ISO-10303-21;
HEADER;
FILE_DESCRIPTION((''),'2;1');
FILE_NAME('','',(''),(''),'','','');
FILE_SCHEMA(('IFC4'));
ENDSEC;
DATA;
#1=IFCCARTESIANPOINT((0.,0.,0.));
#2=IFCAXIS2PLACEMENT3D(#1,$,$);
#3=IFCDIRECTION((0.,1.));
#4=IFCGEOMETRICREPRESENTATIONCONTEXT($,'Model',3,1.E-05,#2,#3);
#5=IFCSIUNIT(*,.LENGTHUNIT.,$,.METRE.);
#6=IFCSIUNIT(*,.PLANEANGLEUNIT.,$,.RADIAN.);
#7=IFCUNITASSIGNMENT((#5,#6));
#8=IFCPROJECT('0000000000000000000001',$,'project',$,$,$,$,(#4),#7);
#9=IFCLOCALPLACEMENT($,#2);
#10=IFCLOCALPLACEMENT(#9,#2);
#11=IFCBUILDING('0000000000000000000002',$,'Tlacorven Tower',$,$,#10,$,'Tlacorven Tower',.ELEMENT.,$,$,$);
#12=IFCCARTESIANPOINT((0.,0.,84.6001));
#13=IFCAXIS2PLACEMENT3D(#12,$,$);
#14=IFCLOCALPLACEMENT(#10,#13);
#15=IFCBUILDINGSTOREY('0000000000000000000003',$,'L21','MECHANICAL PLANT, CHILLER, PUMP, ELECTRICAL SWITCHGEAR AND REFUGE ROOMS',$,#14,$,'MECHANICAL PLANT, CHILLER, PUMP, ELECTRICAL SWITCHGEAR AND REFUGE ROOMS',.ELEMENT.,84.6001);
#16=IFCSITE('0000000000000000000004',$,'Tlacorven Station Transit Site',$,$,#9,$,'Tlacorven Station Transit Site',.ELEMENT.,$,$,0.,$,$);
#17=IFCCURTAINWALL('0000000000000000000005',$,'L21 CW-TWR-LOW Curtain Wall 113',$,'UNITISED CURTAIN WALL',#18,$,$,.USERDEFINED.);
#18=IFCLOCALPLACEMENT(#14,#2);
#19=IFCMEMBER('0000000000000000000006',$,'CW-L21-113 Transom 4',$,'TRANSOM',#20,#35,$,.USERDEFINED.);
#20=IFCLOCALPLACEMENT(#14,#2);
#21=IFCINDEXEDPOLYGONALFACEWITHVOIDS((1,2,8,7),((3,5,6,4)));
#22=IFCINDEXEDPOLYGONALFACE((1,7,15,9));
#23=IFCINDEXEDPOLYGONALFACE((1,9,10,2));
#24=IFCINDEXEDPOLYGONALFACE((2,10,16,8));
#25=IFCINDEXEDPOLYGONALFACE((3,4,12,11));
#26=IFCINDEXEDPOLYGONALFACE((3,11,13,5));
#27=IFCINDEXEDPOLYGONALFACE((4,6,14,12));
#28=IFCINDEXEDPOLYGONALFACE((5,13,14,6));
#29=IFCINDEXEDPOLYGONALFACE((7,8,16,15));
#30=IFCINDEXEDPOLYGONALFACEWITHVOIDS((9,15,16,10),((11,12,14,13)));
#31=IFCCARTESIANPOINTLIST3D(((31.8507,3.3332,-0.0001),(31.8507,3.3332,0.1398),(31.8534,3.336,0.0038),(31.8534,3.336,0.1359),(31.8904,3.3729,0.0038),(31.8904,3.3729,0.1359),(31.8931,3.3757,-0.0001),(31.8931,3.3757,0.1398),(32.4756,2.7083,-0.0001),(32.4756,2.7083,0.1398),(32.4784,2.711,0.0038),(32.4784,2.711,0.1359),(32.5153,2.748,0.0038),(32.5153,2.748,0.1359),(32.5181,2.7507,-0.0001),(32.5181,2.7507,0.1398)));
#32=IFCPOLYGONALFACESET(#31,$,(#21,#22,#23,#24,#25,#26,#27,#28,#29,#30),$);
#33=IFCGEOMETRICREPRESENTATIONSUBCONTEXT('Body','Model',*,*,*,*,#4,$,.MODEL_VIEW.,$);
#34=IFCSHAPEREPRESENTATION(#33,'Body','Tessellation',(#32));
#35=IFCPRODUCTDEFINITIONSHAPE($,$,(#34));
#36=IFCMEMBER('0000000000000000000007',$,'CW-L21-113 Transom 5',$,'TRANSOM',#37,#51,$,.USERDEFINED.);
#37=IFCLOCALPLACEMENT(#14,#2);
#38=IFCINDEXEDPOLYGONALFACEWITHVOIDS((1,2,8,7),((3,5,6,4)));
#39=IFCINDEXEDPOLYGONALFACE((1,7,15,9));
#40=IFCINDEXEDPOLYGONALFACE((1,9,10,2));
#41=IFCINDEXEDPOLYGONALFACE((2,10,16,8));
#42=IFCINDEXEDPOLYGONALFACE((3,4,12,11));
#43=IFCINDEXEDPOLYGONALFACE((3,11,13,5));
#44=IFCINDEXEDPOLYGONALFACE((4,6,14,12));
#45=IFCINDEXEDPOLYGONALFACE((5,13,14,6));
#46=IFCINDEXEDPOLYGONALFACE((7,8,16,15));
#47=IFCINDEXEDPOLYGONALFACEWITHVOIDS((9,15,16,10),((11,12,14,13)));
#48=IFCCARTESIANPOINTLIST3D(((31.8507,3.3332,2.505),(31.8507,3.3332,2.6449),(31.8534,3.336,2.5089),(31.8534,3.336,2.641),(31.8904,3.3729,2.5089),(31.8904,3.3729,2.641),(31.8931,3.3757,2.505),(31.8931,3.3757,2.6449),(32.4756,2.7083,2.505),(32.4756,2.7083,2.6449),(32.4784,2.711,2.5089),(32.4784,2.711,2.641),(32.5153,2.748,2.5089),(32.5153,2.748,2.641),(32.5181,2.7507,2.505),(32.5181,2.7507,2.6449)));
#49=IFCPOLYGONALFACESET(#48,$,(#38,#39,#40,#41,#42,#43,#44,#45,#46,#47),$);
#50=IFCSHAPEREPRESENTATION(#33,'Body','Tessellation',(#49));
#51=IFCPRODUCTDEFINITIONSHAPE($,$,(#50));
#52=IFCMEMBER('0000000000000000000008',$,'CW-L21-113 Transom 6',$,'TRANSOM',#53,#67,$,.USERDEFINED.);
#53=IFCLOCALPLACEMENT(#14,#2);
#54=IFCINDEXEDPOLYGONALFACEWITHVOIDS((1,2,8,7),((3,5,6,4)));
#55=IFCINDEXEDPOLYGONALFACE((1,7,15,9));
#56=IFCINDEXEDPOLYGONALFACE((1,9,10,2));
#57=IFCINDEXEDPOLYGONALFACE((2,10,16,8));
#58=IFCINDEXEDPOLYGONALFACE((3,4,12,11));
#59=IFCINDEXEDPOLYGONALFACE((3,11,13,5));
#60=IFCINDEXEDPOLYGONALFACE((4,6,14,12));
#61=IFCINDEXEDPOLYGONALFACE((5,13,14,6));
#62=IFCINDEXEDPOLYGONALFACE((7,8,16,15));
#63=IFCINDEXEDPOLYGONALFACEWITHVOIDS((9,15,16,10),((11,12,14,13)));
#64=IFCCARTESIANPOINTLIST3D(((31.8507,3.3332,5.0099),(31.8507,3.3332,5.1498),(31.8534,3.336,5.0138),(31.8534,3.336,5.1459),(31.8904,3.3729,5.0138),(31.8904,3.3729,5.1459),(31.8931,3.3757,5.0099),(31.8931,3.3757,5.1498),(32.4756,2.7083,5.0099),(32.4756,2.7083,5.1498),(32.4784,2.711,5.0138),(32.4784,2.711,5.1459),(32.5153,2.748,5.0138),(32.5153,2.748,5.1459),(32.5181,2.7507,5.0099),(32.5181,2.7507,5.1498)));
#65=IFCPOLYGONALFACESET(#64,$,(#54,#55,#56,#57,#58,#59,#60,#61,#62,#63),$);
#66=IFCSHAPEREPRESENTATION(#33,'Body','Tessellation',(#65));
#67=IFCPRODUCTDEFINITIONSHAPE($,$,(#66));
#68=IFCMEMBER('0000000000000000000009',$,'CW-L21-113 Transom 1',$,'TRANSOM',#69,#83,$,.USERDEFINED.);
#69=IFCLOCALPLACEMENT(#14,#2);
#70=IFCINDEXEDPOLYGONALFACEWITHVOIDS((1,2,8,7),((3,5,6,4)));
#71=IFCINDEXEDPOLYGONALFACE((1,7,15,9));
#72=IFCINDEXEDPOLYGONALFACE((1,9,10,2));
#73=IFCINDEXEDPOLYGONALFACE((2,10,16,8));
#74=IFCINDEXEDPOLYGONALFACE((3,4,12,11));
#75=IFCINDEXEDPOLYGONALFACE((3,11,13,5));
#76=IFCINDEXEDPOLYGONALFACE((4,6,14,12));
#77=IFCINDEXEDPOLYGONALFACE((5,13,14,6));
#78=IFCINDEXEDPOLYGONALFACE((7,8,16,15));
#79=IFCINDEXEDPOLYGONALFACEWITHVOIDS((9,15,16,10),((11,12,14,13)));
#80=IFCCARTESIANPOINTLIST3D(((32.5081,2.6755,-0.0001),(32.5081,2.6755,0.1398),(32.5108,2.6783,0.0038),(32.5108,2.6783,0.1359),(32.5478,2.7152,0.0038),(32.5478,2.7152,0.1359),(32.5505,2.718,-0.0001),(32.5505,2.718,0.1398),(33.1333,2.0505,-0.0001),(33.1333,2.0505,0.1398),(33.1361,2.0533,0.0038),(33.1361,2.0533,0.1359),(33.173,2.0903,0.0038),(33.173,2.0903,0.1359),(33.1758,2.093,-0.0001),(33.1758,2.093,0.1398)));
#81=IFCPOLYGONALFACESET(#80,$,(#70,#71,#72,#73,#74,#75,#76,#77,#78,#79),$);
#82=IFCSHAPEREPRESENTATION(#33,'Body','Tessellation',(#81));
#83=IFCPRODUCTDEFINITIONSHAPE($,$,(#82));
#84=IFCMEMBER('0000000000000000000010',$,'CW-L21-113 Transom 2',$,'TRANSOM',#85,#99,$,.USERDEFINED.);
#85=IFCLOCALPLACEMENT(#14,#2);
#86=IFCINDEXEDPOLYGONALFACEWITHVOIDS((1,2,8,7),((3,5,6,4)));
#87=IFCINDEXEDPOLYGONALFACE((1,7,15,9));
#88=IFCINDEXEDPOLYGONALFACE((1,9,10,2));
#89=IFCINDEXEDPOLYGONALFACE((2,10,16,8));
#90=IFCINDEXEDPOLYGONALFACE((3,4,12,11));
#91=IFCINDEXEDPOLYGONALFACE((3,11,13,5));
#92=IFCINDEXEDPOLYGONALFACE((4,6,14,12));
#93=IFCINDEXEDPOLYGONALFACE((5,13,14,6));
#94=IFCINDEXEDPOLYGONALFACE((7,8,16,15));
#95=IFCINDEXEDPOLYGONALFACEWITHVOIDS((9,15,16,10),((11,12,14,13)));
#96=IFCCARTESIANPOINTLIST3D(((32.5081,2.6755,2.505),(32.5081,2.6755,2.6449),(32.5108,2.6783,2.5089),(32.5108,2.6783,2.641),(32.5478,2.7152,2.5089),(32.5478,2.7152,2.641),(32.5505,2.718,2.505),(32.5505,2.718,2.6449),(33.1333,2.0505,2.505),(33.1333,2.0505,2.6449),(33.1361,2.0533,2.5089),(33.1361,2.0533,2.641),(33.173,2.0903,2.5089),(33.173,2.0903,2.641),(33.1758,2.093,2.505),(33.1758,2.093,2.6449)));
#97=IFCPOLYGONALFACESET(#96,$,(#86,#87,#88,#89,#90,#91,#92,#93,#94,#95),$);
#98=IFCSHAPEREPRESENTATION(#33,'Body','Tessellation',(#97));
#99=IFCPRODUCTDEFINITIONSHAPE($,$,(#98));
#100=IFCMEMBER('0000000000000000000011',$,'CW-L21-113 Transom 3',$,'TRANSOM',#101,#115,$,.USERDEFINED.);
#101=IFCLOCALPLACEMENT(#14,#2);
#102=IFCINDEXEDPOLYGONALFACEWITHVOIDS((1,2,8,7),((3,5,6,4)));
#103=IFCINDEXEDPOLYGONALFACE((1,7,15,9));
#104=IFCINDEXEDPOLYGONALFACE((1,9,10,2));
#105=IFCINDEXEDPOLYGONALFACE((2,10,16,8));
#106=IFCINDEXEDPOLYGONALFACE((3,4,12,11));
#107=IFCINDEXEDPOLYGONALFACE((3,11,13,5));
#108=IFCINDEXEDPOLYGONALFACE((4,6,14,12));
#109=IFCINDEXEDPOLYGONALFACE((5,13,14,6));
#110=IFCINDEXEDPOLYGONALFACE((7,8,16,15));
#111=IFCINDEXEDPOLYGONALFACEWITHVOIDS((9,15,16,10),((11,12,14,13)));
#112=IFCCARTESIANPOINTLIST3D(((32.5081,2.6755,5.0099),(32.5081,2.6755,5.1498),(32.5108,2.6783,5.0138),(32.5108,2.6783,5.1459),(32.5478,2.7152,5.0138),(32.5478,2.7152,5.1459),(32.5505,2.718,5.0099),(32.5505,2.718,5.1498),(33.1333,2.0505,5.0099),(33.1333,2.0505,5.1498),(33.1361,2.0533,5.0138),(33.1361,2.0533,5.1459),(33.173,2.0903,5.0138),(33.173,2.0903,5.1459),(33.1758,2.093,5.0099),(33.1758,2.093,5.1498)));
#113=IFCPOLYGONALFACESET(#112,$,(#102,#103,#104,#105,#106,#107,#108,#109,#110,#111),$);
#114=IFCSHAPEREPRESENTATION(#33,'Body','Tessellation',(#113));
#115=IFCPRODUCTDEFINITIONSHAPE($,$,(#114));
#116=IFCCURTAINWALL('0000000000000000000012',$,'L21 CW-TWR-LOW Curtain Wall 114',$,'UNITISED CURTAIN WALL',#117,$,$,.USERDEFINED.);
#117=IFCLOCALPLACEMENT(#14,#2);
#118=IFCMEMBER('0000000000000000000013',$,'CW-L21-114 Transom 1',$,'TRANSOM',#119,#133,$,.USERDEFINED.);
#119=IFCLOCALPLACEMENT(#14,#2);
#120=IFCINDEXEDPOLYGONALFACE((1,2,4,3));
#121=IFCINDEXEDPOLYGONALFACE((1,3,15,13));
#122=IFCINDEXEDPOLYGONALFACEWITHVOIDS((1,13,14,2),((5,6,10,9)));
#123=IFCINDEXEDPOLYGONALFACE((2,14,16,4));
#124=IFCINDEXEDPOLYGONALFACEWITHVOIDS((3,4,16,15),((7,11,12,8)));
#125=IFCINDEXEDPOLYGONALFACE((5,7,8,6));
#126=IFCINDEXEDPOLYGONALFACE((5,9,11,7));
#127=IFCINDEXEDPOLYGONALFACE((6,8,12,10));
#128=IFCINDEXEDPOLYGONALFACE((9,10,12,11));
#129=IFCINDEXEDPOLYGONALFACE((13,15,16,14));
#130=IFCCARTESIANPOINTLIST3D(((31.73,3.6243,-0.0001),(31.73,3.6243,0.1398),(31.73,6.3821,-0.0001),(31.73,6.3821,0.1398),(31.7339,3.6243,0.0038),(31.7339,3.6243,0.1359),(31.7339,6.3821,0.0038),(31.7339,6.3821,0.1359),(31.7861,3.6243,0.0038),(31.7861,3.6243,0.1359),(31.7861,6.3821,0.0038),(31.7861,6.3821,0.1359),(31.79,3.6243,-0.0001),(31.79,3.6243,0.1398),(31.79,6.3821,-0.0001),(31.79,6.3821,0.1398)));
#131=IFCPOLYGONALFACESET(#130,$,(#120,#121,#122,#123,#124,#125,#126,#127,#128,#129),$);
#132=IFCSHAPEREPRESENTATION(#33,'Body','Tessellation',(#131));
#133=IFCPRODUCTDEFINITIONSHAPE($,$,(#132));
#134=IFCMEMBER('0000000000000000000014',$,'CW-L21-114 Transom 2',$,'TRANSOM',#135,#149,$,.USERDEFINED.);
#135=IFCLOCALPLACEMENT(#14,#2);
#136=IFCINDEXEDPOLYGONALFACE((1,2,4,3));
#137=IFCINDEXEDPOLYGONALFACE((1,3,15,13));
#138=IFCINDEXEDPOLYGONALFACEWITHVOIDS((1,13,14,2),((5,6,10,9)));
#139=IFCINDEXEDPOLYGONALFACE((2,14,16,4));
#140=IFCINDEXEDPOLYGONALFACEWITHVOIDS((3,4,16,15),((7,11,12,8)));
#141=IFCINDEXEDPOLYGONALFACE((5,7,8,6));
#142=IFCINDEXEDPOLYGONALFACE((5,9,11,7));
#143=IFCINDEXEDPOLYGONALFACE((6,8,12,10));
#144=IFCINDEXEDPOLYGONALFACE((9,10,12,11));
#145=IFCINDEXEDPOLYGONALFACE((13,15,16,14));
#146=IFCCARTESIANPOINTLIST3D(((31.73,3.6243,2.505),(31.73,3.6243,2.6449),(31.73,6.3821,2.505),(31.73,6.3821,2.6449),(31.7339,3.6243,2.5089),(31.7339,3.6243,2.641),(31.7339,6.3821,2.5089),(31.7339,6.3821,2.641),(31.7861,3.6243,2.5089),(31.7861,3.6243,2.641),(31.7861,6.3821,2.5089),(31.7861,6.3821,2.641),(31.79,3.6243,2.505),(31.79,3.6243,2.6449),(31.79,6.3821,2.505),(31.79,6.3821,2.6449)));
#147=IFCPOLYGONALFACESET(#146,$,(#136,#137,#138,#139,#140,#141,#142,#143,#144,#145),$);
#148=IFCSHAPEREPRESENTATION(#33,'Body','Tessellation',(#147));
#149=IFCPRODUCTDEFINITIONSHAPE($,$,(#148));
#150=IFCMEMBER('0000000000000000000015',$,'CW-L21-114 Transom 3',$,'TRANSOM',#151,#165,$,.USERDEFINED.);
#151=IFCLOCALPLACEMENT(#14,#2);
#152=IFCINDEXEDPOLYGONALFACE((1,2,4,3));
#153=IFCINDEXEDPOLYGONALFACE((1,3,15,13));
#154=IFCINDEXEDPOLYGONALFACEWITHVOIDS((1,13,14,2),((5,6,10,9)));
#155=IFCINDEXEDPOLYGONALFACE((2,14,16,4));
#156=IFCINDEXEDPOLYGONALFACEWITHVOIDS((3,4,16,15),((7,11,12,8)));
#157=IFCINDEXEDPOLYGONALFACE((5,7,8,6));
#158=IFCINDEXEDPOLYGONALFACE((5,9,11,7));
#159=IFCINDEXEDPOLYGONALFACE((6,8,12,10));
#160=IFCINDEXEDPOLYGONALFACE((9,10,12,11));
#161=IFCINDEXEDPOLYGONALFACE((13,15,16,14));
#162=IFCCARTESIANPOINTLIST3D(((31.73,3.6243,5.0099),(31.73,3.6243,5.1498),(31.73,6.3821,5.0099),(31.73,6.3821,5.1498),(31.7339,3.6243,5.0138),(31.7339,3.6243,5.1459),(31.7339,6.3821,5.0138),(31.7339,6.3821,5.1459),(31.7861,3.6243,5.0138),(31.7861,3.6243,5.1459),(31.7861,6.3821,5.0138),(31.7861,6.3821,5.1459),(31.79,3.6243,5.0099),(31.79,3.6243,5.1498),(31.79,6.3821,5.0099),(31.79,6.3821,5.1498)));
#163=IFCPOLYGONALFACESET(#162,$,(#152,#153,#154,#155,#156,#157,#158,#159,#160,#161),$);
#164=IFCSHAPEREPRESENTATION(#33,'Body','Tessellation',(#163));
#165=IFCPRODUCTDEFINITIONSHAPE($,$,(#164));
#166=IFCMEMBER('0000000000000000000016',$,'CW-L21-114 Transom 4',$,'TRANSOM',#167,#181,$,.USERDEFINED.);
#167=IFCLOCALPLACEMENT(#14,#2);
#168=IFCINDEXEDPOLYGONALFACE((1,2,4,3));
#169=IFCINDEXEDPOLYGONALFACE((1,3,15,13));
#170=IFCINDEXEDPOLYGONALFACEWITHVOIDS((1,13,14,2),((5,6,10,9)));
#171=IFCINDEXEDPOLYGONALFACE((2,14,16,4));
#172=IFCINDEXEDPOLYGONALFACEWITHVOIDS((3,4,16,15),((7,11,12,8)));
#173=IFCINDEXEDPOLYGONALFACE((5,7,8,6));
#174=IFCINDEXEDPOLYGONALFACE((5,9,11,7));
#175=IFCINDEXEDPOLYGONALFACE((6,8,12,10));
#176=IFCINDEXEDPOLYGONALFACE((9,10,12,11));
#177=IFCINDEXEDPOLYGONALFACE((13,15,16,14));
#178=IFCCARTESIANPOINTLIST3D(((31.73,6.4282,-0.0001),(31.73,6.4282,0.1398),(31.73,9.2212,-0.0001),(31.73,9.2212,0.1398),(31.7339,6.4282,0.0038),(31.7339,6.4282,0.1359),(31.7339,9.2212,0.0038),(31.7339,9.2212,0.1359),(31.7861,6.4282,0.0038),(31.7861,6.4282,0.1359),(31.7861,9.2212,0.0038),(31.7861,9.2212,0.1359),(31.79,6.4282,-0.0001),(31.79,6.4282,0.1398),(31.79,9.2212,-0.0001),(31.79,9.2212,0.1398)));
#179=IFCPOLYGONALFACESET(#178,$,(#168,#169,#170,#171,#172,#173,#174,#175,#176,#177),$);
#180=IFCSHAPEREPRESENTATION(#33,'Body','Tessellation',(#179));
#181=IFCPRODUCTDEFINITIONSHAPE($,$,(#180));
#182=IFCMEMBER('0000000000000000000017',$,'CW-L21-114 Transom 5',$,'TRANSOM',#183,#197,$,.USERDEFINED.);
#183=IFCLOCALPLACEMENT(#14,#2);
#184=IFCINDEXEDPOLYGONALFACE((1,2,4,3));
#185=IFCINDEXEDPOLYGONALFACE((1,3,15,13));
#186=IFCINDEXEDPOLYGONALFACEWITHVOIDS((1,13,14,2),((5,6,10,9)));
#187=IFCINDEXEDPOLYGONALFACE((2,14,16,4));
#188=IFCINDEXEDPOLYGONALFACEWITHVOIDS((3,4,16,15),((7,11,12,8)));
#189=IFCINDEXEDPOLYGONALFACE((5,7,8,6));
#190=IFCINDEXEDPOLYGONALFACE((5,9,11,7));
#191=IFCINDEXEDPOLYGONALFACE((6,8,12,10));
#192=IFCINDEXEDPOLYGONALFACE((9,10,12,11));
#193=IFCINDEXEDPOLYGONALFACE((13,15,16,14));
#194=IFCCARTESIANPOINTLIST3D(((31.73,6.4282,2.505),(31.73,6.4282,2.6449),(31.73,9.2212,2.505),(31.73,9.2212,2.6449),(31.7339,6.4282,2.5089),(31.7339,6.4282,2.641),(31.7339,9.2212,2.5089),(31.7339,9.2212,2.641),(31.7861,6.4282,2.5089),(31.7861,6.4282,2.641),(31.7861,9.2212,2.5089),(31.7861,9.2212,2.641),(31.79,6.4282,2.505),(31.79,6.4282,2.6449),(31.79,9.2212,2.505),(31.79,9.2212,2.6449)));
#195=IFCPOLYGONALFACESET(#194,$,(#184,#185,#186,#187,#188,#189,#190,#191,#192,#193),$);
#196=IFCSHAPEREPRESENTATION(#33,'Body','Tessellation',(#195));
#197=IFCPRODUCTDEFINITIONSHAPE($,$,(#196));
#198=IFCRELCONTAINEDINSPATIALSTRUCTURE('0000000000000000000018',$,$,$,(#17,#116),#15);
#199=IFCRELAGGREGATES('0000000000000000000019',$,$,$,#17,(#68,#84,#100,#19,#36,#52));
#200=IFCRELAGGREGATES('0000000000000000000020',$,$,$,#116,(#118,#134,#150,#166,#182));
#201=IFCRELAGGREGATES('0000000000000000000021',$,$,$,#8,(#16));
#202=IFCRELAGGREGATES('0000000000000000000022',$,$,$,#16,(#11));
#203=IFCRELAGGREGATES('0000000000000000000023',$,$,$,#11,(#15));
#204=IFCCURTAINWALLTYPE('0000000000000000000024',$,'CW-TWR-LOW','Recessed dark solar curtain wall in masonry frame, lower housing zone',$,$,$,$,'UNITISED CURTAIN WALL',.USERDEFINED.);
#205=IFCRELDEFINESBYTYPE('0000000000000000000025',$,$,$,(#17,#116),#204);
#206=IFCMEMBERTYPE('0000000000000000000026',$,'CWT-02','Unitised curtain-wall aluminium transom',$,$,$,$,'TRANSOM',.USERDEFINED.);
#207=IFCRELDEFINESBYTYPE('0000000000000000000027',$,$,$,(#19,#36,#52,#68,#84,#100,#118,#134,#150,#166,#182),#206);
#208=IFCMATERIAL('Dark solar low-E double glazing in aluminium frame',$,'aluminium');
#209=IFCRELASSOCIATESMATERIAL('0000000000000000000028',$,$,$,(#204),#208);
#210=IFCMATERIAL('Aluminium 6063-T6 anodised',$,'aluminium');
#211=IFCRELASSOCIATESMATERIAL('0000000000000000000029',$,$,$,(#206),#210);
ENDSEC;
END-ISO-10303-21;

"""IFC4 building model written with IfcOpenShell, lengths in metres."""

from ifc_helpers import new_model, si_unit, direction, frame, origin, origin_2d, place, context, subcontext, project, spatial, hollow_rectangle, extrude, source, transform, mapped, material, material_profile, profile_set, type_object, element, aggregate, save


model = new_model("IFC4")

# Units and contexts
model_context = context("Model", 3, precision=1e-05, world=origin(), true_north=direction((0.0, 1.0)))
body_context = subcontext(model_context, "Body", "Model", "MODEL_VIEW")
ifc_project = project(units=[si_unit("LENGTHUNIT", "METRE"), si_unit("PLANEANGLEUNIT", "RADIAN")], contexts=[model_context])

# Site, building, storey
site_placement = place(None, origin())
site = spatial("IfcSite", under=ifc_project, at=site_placement, Name="Tlacorven Station Transit Site", LongName="Tlacorven Station Transit Site", CompositionType="ELEMENT", RefElevation=0.0)
building_placement = place(site_placement, origin())
building = spatial("IfcBuilding", under=site, at=building_placement, Name="Tlacorven Tower", LongName="Tlacorven Tower", CompositionType="ELEMENT")
storey_placement = place(building_placement, frame((0.0, 0.0, 84.6001)))
storey = spatial("IfcBuildingStorey", under=building, at=storey_placement, Name="L21", Description="MECHANICAL PLANT, CHILLER, PUMP, ELECTRICAL SWITCHGEAR AND REFUGE ROOMS", LongName="MECHANICAL PLANT, CHILLER, PUMP, ELECTRICAL SWITCHGEAR AND REFUGE ROOMS", CompositionType="ELEMENT", Elevation=84.6001)

# Curtain walls, members
ifc_material_1 = material(Name="Dark solar low-E double glazing in aluminium frame", Category="aluminium")
curtain_wall_type = type_object("IfcCurtainWallType", Name="CW-TWR-LOW", Description="Recessed dark solar curtain wall in masonry frame, lower housing zone", ElementType="UNITISED CURTAIN WALL", PredefinedType="USERDEFINED", material=ifc_material_1)
curtain_wall_1_placement = place(storey_placement, origin())
curtain_wall_1 = element("IfcCurtainWall", 1, at=curtain_wall_1_placement, inside=storey, type_object=curtain_wall_type, Name="L21 CW-TWR-LOW Curtain Wall 113", ObjectType="UNITISED CURTAIN WALL", PredefinedType="USERDEFINED")
ifc_material_2 = material(Name="Aluminium 6063-T6 anodised", Category="aluminium")
ifc_material_profile_1 = material_profile(ifc_material_2, hollow_rectangle(XDim=0.0601, YDim=0.1399, WallThickness=0.0039, at=origin_2d()), Name="ALU TRANSOM 60X140")
ifc_profile_set_1 = profile_set([ifc_material_profile_1], Name="Aluminium 6063-T6 anodised")
member_type_1 = type_object("IfcMemberType", Name="CWT-02", Description="Unitised curtain-wall aluminium transom", ElementType="TRANSOM", PredefinedType="USERDEFINED", material=ifc_profile_set_1)
shared_shape_1 = source(origin(), body_context, "Body", "SweptSolid", [
    extrude(hollow_rectangle(XDim=0.0601, YDim=0.1399, WallThickness=0.0039, at=origin_2d()), origin(), (0.0, 0.0, 1.0), 0.8838),
])
member_1_placement = place(storey_placement, frame((32.4968, 2.7295, 0.0698), z_axis=(-0.707107, 0.707107, 0.0), x_axis=(-0.707107, -0.707107, 0.0)))
member_1 = element("IfcMember", 2, at=member_1_placement, type_object=member_type_1, Name="CW-L21-113 Transom 4", ObjectType="TRANSOM", PredefinedType="USERDEFINED", context=body_context, shape_type="MappedRepresentation", body=[
    mapped(shared_shape_1, transform((0.0, 0.0, 0.0), scale=1.0)),
])
member_2_placement = place(storey_placement, frame((32.4968, 2.7295, 2.575), z_axis=(-0.707107, 0.707107, 0.0), x_axis=(-0.707107, -0.707107, 0.0)))
member_2 = element("IfcMember", 3, at=member_2_placement, type_object=member_type_1, Name="CW-L21-113 Transom 5", ObjectType="TRANSOM", PredefinedType="USERDEFINED", context=body_context, shape_type="MappedRepresentation", body=[
    mapped(shared_shape_1, transform((0.0, 0.0, 0.0), scale=1.0)),
])
member_3_placement = place(storey_placement, frame((32.4968, 2.7295, 5.0798), z_axis=(-0.707107, 0.707107, 0.0), x_axis=(-0.707107, -0.707107, 0.0)))
member_3 = element("IfcMember", 4, at=member_3_placement, type_object=member_type_1, Name="CW-L21-113 Transom 6", ObjectType="TRANSOM", PredefinedType="USERDEFINED", context=body_context, shape_type="MappedRepresentation", body=[
    mapped(shared_shape_1, transform((0.0, 0.0, 0.0), scale=1.0)),
])
shared_shape_2 = source(origin(), body_context, "Body", "SweptSolid", [
    extrude(hollow_rectangle(XDim=0.0601, YDim=0.1399, WallThickness=0.0039, at=origin_2d()), origin(), (0.0, 0.0, 1.0), 0.884),
])
member_4_placement = place(storey_placement, frame((33.1545, 2.0718, 0.0698), z_axis=(-0.707245, 0.706969, 0.0), x_axis=(-0.706969, -0.707245, 0.0)))
member_4 = element("IfcMember", 5, at=member_4_placement, type_object=member_type_1, Name="CW-L21-113 Transom 1", ObjectType="TRANSOM", PredefinedType="USERDEFINED", context=body_context, shape_type="MappedRepresentation", body=[
    mapped(shared_shape_2, transform((0.0, 0.0, 0.0), scale=1.0)),
])
member_5_placement = place(storey_placement, frame((33.1545, 2.0718, 2.575), z_axis=(-0.707245, 0.706969, 0.0), x_axis=(-0.706969, -0.707245, 0.0)))
member_5 = element("IfcMember", 6, at=member_5_placement, type_object=member_type_1, Name="CW-L21-113 Transom 2", ObjectType="TRANSOM", PredefinedType="USERDEFINED", context=body_context, shape_type="MappedRepresentation", body=[
    mapped(shared_shape_2, transform((0.0, 0.0, 0.0), scale=1.0)),
])
member_6_placement = place(storey_placement, frame((33.1545, 2.0718, 5.0798), z_axis=(-0.707245, 0.706969, 0.0), x_axis=(-0.706969, -0.707245, 0.0)))
member_6 = element("IfcMember", 7, at=member_6_placement, type_object=member_type_1, Name="CW-L21-113 Transom 3", ObjectType="TRANSOM", PredefinedType="USERDEFINED", context=body_context, shape_type="MappedRepresentation", body=[
    mapped(shared_shape_2, transform((0.0, 0.0, 0.0), scale=1.0)),
])
curtain_wall_2_placement = place(storey_placement, origin())
curtain_wall_2 = element("IfcCurtainWall", 8, at=curtain_wall_2_placement, inside=storey, type_object=curtain_wall_type, Name="L21 CW-TWR-LOW Curtain Wall 114", ObjectType="UNITISED CURTAIN WALL", PredefinedType="USERDEFINED")
shared_shape_3 = source(origin(), body_context, "Body", "SweptSolid", [
    extrude(hollow_rectangle(XDim=0.0601, YDim=0.1399, WallThickness=0.0039, at=origin_2d()), origin(), (0.0, 0.0, 1.0), 2.7578),
])
member_7_placement = place(storey_placement, frame((31.76, 3.6243, 0.0698), z_axis=(0.0, 1.0, 0.0), x_axis=(-1.0, 0.0, 0.0)))
member_7 = element("IfcMember", 9, at=member_7_placement, type_object=member_type_1, Name="CW-L21-114 Transom 1", ObjectType="TRANSOM", PredefinedType="USERDEFINED", context=body_context, shape_type="MappedRepresentation", body=[
    mapped(shared_shape_3, transform((0.0, 0.0, 0.0), scale=1.0)),
])
member_8_placement = place(storey_placement, frame((31.76, 3.6243, 2.575), z_axis=(0.0, 1.0, 0.0), x_axis=(-1.0, 0.0, 0.0)))
member_8 = element("IfcMember", 10, at=member_8_placement, type_object=member_type_1, Name="CW-L21-114 Transom 2", ObjectType="TRANSOM", PredefinedType="USERDEFINED", context=body_context, shape_type="MappedRepresentation", body=[
    mapped(shared_shape_3, transform((0.0, 0.0, 0.0), scale=1.0)),
])
member_9_placement = place(storey_placement, frame((31.76, 3.6243, 5.0798), z_axis=(0.0, 1.0, 0.0), x_axis=(-1.0, 0.0, 0.0)))
member_9 = element("IfcMember", 11, at=member_9_placement, type_object=member_type_1, Name="CW-L21-114 Transom 3", ObjectType="TRANSOM", PredefinedType="USERDEFINED", context=body_context, shape_type="MappedRepresentation", body=[
    mapped(shared_shape_3, transform((0.0, 0.0, 0.0), scale=1.0)),
])
shared_shape_4 = source(origin(), body_context, "Body", "SweptSolid", [
    extrude(hollow_rectangle(XDim=0.0601, YDim=0.1399, WallThickness=0.0039, at=origin_2d()), origin(), (0.0, 0.0, 1.0), 2.793),
])
member_10_placement = place(storey_placement, frame((31.76, 6.4282, 0.0698), z_axis=(0.0, 1.0, 0.0), x_axis=(-1.0, 0.0, 0.0)))
member_10 = element("IfcMember", 12, at=member_10_placement, type_object=member_type_1, Name="CW-L21-114 Transom 4", ObjectType="TRANSOM", PredefinedType="USERDEFINED", context=body_context, shape_type="MappedRepresentation", body=[
    mapped(shared_shape_4, transform((0.0, 0.0, 0.0), scale=1.0)),
])
member_11_placement = place(storey_placement, frame((31.76, 6.4282, 2.575), z_axis=(0.0, 1.0, 0.0), x_axis=(-1.0, 0.0, 0.0)))
member_11 = element("IfcMember", 13, at=member_11_placement, type_object=member_type_1, Name="CW-L21-114 Transom 5", ObjectType="TRANSOM", PredefinedType="USERDEFINED", context=body_context, shape_type="MappedRepresentation", body=[
    mapped(shared_shape_4, transform((0.0, 0.0, 0.0), scale=1.0)),
])

aggregate(curtain_wall_1, [member_4, member_5, member_6, member_1, member_2, member_3])
aggregate(curtain_wall_2, [member_7, member_8, member_9, member_10, member_11])

save(model, "model.ifc")
